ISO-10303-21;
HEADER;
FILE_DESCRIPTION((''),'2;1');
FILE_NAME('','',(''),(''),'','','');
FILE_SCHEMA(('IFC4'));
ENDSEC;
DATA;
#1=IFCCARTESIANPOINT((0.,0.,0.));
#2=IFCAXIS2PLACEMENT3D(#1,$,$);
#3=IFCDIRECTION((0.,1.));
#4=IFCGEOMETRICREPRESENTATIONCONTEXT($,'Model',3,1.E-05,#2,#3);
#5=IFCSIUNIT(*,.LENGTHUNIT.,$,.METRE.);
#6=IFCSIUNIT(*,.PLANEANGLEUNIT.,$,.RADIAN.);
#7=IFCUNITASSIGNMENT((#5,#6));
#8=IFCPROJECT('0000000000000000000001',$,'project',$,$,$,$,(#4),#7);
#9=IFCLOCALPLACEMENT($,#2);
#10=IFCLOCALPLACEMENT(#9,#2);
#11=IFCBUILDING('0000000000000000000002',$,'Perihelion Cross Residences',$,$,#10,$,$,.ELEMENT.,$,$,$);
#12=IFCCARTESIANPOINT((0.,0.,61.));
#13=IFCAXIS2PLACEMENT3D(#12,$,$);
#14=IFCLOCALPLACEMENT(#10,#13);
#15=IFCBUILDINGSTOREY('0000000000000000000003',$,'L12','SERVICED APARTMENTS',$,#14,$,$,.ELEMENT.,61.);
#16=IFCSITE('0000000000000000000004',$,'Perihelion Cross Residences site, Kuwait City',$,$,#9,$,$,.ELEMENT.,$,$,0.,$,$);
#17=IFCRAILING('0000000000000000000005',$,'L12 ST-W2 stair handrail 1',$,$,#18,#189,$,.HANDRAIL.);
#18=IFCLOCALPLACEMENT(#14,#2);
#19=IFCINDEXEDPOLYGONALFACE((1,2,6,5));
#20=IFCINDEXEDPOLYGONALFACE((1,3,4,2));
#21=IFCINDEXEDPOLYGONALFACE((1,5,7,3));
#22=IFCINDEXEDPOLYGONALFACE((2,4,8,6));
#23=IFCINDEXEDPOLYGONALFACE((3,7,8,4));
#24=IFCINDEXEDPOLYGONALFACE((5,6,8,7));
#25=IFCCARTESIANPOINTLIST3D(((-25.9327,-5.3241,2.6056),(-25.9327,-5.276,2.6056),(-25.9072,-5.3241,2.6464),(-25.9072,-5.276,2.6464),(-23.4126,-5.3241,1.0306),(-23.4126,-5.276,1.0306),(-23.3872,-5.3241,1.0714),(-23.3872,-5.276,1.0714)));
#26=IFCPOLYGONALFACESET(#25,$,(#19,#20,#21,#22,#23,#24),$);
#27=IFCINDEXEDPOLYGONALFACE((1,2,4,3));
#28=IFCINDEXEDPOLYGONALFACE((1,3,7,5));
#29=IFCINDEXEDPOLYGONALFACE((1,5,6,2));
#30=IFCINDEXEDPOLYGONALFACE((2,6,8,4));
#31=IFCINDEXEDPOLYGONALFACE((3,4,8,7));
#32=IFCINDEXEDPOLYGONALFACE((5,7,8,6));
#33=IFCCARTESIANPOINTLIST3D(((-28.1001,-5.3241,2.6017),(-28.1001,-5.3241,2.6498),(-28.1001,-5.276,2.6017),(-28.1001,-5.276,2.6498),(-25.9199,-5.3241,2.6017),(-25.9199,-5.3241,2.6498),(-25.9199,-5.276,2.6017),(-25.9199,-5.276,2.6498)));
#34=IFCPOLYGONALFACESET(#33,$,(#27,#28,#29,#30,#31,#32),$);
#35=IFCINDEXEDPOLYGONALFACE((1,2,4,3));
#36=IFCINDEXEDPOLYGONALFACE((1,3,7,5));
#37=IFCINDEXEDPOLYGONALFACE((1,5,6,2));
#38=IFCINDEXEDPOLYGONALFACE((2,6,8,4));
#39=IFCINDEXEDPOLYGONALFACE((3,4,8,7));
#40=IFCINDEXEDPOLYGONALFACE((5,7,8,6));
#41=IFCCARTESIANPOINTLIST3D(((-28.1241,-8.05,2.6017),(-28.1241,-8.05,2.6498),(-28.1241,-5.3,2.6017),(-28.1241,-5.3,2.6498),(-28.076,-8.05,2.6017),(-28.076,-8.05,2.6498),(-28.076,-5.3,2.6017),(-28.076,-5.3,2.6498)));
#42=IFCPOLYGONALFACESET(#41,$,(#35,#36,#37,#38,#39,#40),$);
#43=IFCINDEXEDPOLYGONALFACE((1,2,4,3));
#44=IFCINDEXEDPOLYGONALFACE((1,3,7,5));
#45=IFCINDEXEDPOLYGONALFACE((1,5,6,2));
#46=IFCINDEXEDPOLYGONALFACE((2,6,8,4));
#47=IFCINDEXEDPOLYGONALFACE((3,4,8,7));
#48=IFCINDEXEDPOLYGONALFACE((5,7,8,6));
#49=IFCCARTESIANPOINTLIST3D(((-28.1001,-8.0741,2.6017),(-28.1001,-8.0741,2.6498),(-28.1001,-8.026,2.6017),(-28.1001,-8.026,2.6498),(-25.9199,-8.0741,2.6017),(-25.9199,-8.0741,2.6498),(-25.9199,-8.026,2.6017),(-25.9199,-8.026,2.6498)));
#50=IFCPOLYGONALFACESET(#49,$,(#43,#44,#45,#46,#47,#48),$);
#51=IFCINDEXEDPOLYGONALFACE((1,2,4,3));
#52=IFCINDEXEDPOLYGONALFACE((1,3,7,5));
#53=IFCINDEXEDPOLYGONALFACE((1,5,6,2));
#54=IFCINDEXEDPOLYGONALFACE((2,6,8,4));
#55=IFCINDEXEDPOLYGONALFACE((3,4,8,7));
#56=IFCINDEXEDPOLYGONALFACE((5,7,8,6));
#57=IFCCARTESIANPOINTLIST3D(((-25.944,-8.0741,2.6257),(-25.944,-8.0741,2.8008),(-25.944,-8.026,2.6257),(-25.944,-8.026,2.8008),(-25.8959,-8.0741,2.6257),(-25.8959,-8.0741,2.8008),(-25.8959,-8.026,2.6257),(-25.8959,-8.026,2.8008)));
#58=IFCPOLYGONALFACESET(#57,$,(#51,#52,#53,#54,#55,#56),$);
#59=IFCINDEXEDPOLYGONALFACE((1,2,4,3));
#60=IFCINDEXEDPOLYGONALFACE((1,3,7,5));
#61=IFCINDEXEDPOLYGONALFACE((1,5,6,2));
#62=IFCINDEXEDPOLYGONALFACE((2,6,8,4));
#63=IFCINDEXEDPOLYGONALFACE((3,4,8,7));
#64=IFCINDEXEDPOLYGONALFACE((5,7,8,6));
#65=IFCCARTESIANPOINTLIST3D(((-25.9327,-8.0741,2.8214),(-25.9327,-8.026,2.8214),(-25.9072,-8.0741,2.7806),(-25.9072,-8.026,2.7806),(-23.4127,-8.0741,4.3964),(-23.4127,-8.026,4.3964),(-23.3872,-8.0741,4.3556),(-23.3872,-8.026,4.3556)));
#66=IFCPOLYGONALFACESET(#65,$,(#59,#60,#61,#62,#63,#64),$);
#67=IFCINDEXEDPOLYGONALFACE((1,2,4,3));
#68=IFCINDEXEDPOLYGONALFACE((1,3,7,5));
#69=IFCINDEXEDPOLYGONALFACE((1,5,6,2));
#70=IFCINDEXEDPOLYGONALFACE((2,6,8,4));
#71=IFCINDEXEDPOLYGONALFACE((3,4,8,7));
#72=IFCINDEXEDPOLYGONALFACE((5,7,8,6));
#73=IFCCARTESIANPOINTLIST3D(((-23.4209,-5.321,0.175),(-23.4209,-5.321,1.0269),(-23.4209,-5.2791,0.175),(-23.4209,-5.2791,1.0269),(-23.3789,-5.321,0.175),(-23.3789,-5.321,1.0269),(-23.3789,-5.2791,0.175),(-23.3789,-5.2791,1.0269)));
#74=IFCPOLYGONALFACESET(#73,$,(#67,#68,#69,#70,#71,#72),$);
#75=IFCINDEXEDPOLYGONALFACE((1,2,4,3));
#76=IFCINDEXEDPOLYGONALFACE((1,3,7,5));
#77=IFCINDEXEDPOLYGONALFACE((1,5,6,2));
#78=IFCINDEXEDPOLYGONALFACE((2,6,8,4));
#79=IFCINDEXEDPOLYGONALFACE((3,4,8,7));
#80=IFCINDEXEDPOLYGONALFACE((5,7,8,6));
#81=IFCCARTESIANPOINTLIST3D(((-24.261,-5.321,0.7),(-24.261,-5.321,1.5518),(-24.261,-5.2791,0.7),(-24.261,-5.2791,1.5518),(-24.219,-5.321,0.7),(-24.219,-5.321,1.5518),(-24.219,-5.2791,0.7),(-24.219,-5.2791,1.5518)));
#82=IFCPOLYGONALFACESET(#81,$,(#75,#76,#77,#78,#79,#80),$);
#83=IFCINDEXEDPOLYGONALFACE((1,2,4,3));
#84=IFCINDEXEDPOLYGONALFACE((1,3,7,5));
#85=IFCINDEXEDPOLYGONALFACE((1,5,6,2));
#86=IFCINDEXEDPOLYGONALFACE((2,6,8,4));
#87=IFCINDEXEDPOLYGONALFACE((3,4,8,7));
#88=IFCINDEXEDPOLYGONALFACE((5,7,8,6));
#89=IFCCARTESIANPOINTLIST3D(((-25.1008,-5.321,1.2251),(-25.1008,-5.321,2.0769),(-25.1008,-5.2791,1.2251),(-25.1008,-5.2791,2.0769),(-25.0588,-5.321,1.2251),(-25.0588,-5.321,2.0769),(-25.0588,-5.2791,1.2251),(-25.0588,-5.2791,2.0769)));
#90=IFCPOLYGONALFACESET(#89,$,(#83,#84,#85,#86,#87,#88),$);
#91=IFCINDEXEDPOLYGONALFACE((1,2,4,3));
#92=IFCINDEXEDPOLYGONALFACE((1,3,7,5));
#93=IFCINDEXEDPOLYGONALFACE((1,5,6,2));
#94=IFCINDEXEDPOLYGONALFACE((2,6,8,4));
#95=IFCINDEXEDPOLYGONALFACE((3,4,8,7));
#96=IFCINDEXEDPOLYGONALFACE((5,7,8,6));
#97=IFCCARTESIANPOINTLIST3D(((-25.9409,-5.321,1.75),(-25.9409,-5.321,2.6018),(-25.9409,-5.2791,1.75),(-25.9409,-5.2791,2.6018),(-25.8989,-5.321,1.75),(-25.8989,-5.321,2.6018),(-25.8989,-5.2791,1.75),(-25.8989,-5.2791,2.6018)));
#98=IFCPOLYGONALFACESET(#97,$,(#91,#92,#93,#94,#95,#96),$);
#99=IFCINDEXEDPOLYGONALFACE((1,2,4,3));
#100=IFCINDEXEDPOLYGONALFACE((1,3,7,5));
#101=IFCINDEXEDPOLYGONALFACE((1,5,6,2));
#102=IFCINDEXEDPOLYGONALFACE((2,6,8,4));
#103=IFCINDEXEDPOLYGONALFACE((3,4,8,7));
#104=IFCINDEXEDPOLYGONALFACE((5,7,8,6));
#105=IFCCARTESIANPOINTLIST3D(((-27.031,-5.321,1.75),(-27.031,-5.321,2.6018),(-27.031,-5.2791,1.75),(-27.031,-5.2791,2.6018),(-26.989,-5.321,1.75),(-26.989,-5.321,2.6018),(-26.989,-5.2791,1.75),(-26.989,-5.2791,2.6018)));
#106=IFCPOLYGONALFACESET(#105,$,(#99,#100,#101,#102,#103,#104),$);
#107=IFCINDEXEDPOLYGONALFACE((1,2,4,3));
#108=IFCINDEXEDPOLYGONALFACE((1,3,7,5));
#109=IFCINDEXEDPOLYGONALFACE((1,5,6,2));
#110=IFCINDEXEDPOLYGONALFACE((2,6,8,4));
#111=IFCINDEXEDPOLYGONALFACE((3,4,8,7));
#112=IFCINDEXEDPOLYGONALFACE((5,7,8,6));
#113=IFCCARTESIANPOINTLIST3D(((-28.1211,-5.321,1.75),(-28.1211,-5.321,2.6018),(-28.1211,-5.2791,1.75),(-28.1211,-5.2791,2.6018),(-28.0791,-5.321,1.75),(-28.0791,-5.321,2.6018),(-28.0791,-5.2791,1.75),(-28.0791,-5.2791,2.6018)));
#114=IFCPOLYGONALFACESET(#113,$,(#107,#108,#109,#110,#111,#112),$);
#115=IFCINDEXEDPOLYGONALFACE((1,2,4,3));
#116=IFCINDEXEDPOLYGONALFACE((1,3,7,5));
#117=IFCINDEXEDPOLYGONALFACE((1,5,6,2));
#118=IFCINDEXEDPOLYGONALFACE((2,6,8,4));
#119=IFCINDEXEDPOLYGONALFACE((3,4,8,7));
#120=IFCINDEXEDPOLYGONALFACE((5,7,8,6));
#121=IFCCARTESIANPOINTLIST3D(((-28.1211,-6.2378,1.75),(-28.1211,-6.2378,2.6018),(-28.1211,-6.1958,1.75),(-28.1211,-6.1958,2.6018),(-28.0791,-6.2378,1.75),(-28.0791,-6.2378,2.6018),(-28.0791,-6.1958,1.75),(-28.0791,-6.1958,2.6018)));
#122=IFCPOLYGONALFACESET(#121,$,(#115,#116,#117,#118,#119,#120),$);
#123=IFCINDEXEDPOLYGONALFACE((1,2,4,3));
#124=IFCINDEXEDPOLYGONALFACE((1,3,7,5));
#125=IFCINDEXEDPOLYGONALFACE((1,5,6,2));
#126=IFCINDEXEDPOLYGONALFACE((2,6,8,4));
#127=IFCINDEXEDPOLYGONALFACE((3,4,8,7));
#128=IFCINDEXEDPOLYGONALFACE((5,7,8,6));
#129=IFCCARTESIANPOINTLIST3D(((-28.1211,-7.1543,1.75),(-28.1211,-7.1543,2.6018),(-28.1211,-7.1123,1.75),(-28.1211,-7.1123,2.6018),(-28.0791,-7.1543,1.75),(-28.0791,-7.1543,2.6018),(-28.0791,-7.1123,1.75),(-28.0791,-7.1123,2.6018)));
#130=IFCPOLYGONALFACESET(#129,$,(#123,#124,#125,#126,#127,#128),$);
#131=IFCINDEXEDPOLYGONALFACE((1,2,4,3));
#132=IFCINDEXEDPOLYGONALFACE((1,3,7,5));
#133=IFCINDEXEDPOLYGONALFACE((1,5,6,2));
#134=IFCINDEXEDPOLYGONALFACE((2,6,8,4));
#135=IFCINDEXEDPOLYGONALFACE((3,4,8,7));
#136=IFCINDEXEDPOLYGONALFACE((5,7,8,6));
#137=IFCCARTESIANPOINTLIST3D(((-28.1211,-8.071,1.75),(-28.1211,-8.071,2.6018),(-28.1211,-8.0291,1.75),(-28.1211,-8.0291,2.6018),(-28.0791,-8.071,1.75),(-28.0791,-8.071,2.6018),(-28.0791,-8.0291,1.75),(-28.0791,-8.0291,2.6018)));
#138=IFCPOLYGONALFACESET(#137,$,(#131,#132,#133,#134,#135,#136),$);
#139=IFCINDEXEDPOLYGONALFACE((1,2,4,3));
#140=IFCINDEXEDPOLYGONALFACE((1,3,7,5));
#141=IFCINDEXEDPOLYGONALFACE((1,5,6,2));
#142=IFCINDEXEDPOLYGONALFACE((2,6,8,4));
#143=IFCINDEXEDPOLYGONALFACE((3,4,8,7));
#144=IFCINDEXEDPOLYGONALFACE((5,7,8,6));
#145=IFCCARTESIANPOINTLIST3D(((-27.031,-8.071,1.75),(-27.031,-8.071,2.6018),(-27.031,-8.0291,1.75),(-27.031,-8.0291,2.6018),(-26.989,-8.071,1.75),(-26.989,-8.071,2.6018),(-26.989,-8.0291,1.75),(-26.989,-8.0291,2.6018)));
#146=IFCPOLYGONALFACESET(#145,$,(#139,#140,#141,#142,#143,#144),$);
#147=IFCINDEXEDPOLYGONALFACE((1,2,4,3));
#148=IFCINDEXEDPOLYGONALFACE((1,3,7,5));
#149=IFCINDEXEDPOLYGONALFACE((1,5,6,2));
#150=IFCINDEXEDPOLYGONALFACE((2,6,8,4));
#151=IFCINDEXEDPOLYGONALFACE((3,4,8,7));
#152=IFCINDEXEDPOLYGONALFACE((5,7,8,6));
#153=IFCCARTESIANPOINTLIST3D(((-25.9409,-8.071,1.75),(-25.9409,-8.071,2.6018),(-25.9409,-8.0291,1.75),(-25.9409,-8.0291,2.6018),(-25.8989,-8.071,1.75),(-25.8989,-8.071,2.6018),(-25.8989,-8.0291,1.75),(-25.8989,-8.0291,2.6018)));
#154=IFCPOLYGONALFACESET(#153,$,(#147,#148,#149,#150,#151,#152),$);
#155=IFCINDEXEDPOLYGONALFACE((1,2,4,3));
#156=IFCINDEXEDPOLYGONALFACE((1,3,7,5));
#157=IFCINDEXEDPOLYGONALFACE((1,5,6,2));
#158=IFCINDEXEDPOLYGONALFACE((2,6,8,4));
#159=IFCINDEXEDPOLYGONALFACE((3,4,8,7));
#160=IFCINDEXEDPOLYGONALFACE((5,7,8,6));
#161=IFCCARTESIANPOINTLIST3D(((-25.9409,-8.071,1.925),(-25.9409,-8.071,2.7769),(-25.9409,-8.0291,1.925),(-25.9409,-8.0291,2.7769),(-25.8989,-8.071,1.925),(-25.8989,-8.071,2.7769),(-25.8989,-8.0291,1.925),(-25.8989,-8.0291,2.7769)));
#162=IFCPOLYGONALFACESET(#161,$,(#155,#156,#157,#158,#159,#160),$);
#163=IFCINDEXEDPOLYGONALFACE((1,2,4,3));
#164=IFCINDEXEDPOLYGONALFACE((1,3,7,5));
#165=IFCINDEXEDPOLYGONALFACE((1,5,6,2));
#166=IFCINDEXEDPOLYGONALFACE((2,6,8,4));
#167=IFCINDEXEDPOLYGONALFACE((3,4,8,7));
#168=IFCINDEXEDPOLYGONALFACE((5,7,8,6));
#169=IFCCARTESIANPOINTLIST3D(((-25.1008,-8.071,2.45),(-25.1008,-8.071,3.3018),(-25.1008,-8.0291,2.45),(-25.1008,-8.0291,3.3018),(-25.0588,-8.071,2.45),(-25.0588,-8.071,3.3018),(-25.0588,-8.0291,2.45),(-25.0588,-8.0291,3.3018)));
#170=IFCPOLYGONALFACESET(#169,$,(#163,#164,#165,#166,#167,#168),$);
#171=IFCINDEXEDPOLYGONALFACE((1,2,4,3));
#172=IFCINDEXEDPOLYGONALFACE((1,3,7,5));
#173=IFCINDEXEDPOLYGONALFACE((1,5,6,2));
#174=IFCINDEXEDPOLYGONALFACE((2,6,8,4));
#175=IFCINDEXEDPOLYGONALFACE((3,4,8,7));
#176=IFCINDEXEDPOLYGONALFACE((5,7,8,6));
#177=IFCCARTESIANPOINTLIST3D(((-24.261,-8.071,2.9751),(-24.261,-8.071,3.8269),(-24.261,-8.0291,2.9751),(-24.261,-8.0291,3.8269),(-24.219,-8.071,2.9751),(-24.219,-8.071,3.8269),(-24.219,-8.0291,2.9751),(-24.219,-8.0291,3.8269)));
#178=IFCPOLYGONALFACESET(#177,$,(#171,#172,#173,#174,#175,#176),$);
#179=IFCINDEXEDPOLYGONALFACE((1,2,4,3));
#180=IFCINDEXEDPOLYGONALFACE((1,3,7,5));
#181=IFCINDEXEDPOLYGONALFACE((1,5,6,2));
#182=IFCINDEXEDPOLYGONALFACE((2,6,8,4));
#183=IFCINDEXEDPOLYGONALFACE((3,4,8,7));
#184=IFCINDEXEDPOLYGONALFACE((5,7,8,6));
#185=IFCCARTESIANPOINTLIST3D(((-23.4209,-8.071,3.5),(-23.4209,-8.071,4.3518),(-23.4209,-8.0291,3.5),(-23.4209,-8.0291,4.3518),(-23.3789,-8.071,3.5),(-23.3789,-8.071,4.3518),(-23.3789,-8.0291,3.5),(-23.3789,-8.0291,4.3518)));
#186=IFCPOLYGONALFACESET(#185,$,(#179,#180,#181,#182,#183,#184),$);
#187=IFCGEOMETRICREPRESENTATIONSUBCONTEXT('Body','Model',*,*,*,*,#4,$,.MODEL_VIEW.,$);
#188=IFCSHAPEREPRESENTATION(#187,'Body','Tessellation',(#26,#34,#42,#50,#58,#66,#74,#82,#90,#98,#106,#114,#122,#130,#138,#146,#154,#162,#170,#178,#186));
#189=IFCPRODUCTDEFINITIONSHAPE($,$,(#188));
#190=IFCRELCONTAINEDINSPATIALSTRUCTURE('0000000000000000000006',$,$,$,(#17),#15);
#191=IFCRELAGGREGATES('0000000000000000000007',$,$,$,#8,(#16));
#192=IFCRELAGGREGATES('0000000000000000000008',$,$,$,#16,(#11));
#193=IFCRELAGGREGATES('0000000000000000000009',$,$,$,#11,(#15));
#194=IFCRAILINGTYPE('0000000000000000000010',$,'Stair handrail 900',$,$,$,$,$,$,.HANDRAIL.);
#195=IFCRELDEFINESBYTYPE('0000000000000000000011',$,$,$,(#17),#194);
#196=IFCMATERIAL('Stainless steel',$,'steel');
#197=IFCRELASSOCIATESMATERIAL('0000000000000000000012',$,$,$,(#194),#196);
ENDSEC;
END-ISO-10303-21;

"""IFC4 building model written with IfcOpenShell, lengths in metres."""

from ifc_helpers import new_model, si_unit, direction, frame, origin, origin_2d, place, context, subcontext, project, spatial, rectangle, extrude, material, type_object, element, save


model = new_model("IFC4")

# Units and contexts
model_context = context("Model", 3, precision=1e-05, world=origin(), true_north=direction((0.0, 1.0)))
body_context = subcontext(model_context, "Body", "Model", "MODEL_VIEW")
ifc_project = project(units=[si_unit("LENGTHUNIT", "METRE"), si_unit("PLANEANGLEUNIT", "RADIAN")], contexts=[model_context])

# Site, building, storey
site_placement = place(None, origin())
site = spatial("IfcSite", under=ifc_project, at=site_placement, Name="Perihelion Cross Residences site, Kuwait City", CompositionType="ELEMENT", RefElevation=0.0)
building_placement = place(site_placement, origin())
building = spatial("IfcBuilding", under=site, at=building_placement, Name="Perihelion Cross Residences", CompositionType="ELEMENT")
storey_placement = place(building_placement, frame((0.0, 0.0, 61.0)))
storey = spatial("IfcBuildingStorey", under=building, at=storey_placement, Name="L12", Description="SERVICED APARTMENTS", CompositionType="ELEMENT", Elevation=61.0)

# Railing
ifc_material_1 = material(Name="Stainless steel", Category="steel")
railing_type_1 = type_object("IfcRailingType", Name="Stair handrail 900", PredefinedType="HANDRAIL", material=ifc_material_1)
railing_1_placement = place(storey_placement, frame((-23.3999, -5.3, 0.175)))
element("IfcRailing", 1, at=railing_1_placement, inside=storey, type_object=railing_type_1, Name="L12 ST-W2 stair handrail 1", PredefinedType="HANDRAIL", context=body_context, shape_type="SweptSolid", body=[
    extrude(rectangle(XDim=0.0481, YDim=0.0481, at=origin_2d()), frame((0.0, 0.0, 0.876), z_axis=(-0.848008, 0.0, 0.529984), x_axis=(0.0, -1.0, 0.0)), (0.0, 0.0, 1.0), 2.9717),
    extrude(rectangle(XDim=0.0481, YDim=0.0481, at=origin_2d()), frame((-2.52, 0.0, 2.4507), z_axis=(-1.0, 0.0, 0.0), x_axis=(0.0, -1.0, 0.0)), (0.0, 0.0, 1.0), 2.1802),
    extrude(rectangle(XDim=0.0481, YDim=0.0481, at=origin_2d()), frame((-4.7002, 0.0, 2.4507), z_axis=(0.0, -1.0, 0.0), x_axis=(1.0, 0.0, 0.0)), (0.0, 0.0, 1.0), 2.75),
    extrude(rectangle(XDim=0.0481, YDim=0.0481, at=origin_2d()), frame((-4.7002, -2.75, 2.4507), z_axis=(1.0, 0.0, 0.0), x_axis=(0.0, 1.0, 0.0)), (0.0, 0.0, 1.0), 2.1802),
    extrude(rectangle(XDim=0.0481, YDim=0.0481, at=origin_2d()), frame((-2.52, -2.75, 2.4507), z_axis=(0.0, 0.0, 1.0), x_axis=(1.0, 0.0, 0.0)), (0.0, 0.0, 1.0), 0.175),
    extrude(rectangle(XDim=0.0481, YDim=0.0481, at=origin_2d()), frame((-2.52, -2.75, 2.626), z_axis=(0.848008, 0.0, 0.529984), x_axis=(0.0, 1.0, 0.0)), (0.0, 0.0, 1.0), 2.9717),
    extrude(rectangle(XDim=0.042, YDim=0.042, at=origin_2d()), origin(), (0.0, 0.0, 1.0), 0.8518),
    extrude(rectangle(XDim=0.042, YDim=0.042, at=origin_2d()), frame((-0.8401, 0.0, 0.5249)), (0.0, 0.0, 1.0), 0.8518),
    extrude(rectangle(XDim=0.042, YDim=0.042, at=origin_2d()), frame((-1.6799, 0.0, 1.05)), (0.0, 0.0, 1.0), 0.8518),
    extrude(rectangle(XDim=0.042, YDim=0.042, at=origin_2d()), frame((-2.52, 0.0, 1.575)), (0.0, 0.0, 1.0), 0.8518),
    extrude(rectangle(XDim=0.042, YDim=0.042, at=origin_2d()), frame((-3.6101, 0.0, 1.575)), (0.0, 0.0, 1.0), 0.8518),
    extrude(rectangle(XDim=0.042, YDim=0.042, at=origin_2d()), frame((-4.7002, 0.0, 1.575)), (0.0, 0.0, 1.0), 0.8518),
    extrude(rectangle(XDim=0.042, YDim=0.042, at=origin_2d()), frame((-4.7002, -0.9167, 1.575)), (0.0, 0.0, 1.0), 0.8518),
    extrude(rectangle(XDim=0.042, YDim=0.042, at=origin_2d()), frame((-4.7002, -1.8333, 1.575)), (0.0, 0.0, 1.0), 0.8518),
    extrude(rectangle(XDim=0.042, YDim=0.042, at=origin_2d()), frame((-4.7002, -2.75, 1.575)), (0.0, 0.0, 1.0), 0.8518),
    extrude(rectangle(XDim=0.042, YDim=0.042, at=origin_2d()), frame((-3.6101, -2.75, 1.575)), (0.0, 0.0, 1.0), 0.8518),
    extrude(rectangle(XDim=0.042, YDim=0.042, at=origin_2d()), frame((-2.52, -2.75, 1.575)), (0.0, 0.0, 1.0), 0.8518),
    extrude(rectangle(XDim=0.042, YDim=0.042, at=origin_2d()), frame((-2.52, -2.75, 1.75)), (0.0, 0.0, 1.0), 0.8518),
    extrude(rectangle(XDim=0.042, YDim=0.042, at=origin_2d()), frame((-1.6799, -2.75, 2.2749)), (0.0, 0.0, 1.0), 0.8518),
    extrude(rectangle(XDim=0.042, YDim=0.042, at=origin_2d()), frame((-0.8401, -2.75, 2.8)), (0.0, 0.0, 1.0), 0.8518),
    extrude(rectangle(XDim=0.042, YDim=0.042, at=origin_2d()), frame((0.0, -2.75, 3.325)), (0.0, 0.0, 1.0), 0.8518),
])

save(model, "model.ifc")
